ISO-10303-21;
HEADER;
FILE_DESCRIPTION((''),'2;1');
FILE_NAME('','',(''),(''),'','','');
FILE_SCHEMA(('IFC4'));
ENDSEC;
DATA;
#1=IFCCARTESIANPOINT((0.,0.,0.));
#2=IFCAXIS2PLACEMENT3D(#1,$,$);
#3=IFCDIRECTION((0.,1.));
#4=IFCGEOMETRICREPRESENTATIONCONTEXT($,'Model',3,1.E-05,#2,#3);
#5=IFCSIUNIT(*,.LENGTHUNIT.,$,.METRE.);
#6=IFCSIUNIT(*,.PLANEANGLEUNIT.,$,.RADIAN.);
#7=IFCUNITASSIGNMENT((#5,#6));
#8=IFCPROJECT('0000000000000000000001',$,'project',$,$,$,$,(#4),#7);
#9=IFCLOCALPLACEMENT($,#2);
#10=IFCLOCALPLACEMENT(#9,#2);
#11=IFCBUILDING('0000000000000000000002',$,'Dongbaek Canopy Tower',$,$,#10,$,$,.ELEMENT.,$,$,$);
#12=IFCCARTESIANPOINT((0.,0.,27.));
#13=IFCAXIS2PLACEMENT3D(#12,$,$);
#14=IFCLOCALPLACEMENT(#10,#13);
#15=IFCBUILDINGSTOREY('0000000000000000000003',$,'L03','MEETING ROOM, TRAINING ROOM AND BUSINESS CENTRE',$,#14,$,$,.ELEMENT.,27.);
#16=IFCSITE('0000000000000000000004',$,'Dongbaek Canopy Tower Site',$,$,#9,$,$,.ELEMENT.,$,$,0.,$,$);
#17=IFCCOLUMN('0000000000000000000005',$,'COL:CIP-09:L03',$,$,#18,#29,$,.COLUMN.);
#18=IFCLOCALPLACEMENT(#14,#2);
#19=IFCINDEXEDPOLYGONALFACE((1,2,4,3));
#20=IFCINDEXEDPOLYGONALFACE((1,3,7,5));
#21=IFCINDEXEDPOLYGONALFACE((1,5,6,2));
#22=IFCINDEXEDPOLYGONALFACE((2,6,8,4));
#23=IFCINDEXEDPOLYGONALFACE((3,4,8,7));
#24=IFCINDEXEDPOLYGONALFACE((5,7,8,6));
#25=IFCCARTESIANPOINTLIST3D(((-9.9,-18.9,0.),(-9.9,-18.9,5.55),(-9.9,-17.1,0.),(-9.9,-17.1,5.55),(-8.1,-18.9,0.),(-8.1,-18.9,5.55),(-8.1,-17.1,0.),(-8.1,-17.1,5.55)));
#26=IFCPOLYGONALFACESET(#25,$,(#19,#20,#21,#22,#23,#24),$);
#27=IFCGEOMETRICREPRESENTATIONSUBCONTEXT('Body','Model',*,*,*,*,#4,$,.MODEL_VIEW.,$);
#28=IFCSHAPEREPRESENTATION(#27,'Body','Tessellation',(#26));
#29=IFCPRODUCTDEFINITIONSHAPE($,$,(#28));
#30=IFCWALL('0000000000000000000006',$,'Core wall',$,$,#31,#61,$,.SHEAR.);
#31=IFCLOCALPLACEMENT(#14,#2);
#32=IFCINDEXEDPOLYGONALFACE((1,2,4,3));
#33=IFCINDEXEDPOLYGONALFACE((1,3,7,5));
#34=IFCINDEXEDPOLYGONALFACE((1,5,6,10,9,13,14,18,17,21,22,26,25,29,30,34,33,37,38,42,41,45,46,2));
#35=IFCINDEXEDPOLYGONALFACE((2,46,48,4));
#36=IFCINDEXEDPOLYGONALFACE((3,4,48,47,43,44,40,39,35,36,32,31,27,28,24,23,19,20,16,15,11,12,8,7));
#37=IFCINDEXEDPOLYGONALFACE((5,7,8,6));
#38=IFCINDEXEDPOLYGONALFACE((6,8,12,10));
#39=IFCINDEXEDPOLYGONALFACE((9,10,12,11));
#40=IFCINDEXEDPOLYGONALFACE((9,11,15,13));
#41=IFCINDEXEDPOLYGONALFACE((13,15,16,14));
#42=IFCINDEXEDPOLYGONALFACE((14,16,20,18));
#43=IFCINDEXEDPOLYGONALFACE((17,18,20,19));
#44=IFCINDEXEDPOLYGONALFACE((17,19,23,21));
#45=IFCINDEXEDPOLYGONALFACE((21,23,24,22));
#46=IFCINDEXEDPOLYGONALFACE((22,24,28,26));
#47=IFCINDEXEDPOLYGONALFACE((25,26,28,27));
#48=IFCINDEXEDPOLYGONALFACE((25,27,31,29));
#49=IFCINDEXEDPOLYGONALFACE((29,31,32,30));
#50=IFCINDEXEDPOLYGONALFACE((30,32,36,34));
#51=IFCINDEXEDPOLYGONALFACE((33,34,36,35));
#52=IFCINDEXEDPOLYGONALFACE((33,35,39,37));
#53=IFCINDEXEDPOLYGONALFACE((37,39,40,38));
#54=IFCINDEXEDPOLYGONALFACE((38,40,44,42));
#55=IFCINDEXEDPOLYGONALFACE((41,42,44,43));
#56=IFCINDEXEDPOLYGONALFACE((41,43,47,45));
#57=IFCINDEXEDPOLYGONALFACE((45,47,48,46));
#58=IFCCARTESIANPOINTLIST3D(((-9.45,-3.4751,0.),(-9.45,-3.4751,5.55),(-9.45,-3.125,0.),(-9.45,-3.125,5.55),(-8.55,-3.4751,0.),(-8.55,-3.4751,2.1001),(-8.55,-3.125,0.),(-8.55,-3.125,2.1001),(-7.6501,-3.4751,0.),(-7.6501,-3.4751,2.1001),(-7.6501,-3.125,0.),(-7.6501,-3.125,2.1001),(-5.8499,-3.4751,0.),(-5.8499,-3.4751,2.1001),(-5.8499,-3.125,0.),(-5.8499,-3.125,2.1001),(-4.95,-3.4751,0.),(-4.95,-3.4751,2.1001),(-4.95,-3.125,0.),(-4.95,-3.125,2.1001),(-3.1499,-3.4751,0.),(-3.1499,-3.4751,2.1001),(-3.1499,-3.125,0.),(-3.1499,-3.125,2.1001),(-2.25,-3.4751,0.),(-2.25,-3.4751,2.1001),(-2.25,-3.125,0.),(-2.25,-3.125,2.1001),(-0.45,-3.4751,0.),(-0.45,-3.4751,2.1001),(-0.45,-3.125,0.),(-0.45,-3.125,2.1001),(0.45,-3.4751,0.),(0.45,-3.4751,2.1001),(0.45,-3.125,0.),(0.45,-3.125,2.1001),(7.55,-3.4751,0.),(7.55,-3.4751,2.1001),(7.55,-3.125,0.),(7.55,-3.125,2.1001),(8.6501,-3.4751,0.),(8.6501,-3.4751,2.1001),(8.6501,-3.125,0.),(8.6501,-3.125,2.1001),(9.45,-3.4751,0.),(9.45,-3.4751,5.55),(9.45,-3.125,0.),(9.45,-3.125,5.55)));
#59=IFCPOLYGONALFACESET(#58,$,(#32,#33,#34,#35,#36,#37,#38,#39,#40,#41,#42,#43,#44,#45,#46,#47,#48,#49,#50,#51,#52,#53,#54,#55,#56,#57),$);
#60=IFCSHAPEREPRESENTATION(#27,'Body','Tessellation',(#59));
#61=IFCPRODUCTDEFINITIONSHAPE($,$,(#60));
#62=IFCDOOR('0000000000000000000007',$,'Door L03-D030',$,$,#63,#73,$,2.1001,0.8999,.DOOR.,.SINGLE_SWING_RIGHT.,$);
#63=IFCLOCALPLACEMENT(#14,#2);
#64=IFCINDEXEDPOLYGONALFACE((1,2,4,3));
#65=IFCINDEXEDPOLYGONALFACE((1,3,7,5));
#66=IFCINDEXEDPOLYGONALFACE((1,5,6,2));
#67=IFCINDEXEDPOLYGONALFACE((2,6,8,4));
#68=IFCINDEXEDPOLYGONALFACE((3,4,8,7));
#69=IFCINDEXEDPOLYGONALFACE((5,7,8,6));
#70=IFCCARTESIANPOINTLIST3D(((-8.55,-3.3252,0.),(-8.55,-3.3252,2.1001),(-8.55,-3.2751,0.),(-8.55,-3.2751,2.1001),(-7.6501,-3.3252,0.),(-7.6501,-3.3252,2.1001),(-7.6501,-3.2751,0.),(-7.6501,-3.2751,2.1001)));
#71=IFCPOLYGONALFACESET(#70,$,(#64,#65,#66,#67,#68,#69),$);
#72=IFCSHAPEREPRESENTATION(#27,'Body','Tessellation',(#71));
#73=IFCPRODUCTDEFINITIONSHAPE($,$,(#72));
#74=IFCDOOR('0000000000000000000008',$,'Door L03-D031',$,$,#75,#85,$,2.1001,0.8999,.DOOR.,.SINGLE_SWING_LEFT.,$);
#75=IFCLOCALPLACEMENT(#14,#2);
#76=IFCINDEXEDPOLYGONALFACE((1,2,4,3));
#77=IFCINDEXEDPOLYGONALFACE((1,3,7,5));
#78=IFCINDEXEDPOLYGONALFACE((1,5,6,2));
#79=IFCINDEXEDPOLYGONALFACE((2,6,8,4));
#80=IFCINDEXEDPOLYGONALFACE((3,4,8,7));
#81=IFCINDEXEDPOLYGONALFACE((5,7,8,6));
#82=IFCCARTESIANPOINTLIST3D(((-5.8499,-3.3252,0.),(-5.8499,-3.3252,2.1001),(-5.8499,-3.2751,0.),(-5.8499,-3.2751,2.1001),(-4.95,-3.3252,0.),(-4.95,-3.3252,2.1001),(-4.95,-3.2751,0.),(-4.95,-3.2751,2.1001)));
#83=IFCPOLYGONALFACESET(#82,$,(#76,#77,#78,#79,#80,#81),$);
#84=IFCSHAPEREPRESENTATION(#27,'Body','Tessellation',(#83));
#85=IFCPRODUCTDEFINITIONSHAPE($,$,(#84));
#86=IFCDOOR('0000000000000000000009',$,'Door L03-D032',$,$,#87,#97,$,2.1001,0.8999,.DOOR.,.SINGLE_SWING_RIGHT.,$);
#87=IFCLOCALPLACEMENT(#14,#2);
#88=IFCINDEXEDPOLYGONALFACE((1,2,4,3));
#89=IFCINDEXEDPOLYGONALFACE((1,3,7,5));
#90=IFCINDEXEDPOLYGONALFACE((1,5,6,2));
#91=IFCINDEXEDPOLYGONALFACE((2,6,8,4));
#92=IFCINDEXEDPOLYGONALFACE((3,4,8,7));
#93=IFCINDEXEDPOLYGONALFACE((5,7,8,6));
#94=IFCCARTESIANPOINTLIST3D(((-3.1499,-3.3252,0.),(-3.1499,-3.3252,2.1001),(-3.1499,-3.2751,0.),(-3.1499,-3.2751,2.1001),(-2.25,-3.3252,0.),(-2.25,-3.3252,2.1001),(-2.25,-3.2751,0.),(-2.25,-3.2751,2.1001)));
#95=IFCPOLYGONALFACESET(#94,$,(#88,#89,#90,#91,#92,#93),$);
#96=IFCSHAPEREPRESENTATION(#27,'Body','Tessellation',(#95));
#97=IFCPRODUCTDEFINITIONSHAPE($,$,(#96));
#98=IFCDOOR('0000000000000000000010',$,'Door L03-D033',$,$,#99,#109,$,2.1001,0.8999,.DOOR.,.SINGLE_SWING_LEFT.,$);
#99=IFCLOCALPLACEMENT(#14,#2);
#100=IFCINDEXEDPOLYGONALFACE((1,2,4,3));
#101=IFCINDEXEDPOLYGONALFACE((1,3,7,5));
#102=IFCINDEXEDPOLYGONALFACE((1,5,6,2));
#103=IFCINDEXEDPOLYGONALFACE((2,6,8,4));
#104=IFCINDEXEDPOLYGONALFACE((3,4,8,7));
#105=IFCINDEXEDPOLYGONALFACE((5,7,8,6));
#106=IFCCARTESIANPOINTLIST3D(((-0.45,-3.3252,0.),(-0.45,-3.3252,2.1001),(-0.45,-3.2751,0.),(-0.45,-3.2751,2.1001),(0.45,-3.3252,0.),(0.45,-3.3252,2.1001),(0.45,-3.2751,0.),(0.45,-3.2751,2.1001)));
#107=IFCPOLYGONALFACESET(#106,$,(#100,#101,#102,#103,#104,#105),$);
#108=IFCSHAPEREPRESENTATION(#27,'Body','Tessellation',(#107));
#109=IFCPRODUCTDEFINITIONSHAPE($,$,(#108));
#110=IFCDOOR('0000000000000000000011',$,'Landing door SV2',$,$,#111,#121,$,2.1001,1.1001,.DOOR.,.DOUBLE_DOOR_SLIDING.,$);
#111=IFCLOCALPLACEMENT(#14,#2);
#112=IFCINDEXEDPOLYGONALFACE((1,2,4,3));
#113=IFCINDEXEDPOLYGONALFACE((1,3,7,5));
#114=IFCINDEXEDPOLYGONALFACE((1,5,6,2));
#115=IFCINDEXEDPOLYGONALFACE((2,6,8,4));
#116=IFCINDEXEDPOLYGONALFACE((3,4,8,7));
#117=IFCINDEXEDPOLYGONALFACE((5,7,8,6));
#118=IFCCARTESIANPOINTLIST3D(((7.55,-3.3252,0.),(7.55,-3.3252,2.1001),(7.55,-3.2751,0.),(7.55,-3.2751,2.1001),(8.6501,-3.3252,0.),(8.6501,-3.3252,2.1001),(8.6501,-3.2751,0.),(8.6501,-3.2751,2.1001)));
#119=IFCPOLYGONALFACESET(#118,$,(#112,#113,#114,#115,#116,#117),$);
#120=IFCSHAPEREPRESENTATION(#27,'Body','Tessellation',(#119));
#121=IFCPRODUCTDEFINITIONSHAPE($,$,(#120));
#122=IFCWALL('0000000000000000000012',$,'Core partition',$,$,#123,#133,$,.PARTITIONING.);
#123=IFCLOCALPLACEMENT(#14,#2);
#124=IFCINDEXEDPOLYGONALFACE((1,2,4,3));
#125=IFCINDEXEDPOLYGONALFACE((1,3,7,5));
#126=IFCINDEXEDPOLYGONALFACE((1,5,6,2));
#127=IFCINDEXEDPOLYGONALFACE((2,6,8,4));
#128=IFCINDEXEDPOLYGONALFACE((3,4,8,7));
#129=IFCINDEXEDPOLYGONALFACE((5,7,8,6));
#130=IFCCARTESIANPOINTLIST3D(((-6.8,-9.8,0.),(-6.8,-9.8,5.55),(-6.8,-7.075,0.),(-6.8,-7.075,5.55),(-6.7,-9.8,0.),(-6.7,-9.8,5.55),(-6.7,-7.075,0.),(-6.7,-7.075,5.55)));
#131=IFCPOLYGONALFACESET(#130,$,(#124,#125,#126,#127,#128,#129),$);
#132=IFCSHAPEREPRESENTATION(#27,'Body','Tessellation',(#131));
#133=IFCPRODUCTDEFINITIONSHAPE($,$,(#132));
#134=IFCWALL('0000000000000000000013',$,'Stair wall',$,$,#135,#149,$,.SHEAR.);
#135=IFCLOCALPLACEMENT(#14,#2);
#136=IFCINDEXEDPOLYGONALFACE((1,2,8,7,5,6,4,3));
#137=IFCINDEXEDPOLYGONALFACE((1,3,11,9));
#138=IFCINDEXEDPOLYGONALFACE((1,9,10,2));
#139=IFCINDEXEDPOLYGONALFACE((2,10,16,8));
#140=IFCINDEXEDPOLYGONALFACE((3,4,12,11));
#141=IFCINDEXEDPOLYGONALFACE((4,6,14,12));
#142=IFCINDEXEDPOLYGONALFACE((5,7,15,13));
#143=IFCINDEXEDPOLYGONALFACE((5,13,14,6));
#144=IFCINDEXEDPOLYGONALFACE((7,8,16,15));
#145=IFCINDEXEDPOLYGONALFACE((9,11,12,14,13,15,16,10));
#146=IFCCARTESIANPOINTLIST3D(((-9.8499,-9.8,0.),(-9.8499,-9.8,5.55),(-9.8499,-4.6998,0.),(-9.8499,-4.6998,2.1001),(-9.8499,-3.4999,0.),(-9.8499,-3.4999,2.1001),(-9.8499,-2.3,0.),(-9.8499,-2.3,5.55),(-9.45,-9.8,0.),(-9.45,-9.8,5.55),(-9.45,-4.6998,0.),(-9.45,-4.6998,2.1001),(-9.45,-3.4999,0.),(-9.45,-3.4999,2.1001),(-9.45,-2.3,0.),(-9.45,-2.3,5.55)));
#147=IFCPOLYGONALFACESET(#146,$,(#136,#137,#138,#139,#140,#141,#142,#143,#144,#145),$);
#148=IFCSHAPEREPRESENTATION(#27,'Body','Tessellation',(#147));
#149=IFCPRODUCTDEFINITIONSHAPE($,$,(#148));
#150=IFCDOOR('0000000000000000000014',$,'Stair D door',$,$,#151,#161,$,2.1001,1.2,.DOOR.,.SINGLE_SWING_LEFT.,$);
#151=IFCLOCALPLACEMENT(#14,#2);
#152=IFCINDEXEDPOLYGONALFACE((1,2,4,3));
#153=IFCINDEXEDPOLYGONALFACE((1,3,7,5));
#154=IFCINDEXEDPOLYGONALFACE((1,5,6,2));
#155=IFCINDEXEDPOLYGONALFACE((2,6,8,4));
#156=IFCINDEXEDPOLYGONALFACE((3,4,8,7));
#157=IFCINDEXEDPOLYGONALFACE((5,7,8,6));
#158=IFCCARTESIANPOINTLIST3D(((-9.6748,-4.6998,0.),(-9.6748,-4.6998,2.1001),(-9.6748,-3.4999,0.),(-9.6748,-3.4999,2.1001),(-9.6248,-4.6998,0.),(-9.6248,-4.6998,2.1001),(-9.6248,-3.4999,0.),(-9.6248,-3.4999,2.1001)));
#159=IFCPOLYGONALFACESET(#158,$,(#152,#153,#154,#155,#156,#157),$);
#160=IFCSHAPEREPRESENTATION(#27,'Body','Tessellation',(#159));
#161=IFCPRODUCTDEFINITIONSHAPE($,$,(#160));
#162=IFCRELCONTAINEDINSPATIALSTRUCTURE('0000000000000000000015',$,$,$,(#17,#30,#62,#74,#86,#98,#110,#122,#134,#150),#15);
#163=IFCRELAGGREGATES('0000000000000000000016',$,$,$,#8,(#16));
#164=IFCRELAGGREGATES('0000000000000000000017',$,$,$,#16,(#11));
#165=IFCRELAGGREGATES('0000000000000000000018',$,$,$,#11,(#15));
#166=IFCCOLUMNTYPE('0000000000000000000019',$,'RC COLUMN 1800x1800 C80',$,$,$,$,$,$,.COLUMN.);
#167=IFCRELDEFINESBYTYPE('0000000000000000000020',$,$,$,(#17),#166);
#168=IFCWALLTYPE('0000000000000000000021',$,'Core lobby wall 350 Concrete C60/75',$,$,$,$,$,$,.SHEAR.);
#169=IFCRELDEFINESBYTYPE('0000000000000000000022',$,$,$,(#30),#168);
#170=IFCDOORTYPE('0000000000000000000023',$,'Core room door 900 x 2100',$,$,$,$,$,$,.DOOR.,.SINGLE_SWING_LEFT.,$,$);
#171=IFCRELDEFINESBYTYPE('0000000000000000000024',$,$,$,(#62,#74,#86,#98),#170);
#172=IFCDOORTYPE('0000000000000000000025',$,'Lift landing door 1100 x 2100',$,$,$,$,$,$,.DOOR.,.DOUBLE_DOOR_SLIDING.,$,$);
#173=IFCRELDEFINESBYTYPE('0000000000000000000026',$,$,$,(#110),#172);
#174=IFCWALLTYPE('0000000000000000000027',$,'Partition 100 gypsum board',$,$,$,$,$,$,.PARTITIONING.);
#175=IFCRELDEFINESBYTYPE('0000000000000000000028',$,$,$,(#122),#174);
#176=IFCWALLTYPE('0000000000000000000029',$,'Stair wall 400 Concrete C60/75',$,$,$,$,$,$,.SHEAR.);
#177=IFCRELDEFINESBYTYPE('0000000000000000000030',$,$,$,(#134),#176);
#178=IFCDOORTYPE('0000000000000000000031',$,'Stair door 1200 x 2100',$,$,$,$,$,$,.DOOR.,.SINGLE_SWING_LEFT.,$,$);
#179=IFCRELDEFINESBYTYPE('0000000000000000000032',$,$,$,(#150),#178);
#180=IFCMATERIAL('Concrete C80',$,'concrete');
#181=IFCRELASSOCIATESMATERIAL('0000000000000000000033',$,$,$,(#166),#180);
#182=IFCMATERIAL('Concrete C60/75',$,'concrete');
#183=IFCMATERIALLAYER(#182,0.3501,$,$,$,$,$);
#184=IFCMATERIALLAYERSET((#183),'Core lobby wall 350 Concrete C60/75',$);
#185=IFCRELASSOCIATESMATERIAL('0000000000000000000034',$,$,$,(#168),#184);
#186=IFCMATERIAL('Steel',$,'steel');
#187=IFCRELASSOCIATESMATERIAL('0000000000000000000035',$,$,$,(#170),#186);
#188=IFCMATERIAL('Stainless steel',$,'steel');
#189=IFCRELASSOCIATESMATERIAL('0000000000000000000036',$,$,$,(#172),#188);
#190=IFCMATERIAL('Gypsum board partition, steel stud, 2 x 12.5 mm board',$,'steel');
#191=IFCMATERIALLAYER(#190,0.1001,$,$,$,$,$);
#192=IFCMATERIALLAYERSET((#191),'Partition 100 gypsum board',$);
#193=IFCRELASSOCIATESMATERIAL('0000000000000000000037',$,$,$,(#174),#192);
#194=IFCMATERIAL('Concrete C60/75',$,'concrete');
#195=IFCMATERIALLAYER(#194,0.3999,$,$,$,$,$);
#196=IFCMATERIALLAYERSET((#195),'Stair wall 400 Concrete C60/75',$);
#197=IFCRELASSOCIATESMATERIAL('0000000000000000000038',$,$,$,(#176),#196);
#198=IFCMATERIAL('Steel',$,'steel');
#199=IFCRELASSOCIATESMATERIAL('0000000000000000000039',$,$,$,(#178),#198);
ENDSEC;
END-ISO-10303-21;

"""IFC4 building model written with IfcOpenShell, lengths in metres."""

from ifc_helpers import new_model, si_unit, direction, frame, frame_2d, origin, origin_2d, place, context, subcontext, project, spatial, rectangle, extrude, material, layer, layer_set, material_profile, profile_set, type_object, element, fill, save


model = new_model("IFC4")

# Units and contexts
model_context = context("Model", 3, precision=1e-05, world=origin(), true_north=direction((0.0, 1.0)))
body_context = subcontext(model_context, "Body", "Model", "MODEL_VIEW")
ifc_project = project(units=[si_unit("LENGTHUNIT", "METRE"), si_unit("PLANEANGLEUNIT", "RADIAN")], contexts=[model_context])

# Site, building, storey
site_placement = place(None, origin())
site = spatial("IfcSite", under=ifc_project, at=site_placement, Name="Dongbaek Canopy Tower Site", CompositionType="ELEMENT", RefElevation=0.0)
building_placement = place(site_placement, origin())
building = spatial("IfcBuilding", under=site, at=building_placement, Name="Dongbaek Canopy Tower", CompositionType="ELEMENT")
storey_placement = place(building_placement, frame((0.0, 0.0, 27.0)))
storey = spatial("IfcBuildingStorey", under=building, at=storey_placement, Name="L03", Description="MEETING ROOM, TRAINING ROOM AND BUSINESS CENTRE", CompositionType="ELEMENT", Elevation=27.0)

# Column
ifc_material_1 = material(Name="Concrete C80", Category="concrete")
ifc_material_profile = material_profile(ifc_material_1, rectangle(XDim=1.8, YDim=1.8, at=origin_2d()), Name="RC COLUMN 1800x1800 C80")
ifc_profile_set = profile_set([ifc_material_profile], Name="Concrete C80")
column_type = type_object("IfcColumnType", Name="RC COLUMN 1800x1800 C80", PredefinedType="COLUMN", material=ifc_profile_set)
column_placement = place(storey_placement, frame((-9.0, -18.0, 0.0), z_axis=(0.0, 0.0, 1.0), x_axis=(1.0, 0.0, 0.0)))
element("IfcColumn", 1, at=column_placement, inside=storey, type_object=column_type, Name="COL:CIP-09:L03", PredefinedType="COLUMN", context=body_context, shape_type="SweptSolid", body=[
    extrude(rectangle(XDim=1.8, YDim=1.8, at=origin_2d()), origin(), (0.0, 0.0, 1.0), 5.55),
])

# Wall, openings, doors
ifc_material_2 = material(Name="Concrete C60/75", Category="concrete")
ifc_layer_1 = layer(ifc_material_2, 0.3501)
ifc_layer_set_1 = layer_set([ifc_layer_1], Name="Core lobby wall 350 Concrete C60/75")
wall_type_1 = type_object("IfcWallType", Name="Core lobby wall 350 Concrete C60/75", PredefinedType="SHEAR", material=ifc_layer_set_1)
wall_1_placement = place(storey_placement, frame((-9.45, -3.3, 0.0), z_axis=(0.0, 0.0, 1.0), x_axis=(1.0, 0.0, 0.0)))
wall_1 = element("IfcWall", 2, at=wall_1_placement, inside=storey, type_object=wall_type_1, Name="Core wall", PredefinedType="SHEAR", context=body_context, shape_type="SweptSolid", body=[
    extrude(rectangle(XDim=18.8999, YDim=0.3501, at=frame_2d((9.45, 0.0))), origin(), (0.0, 0.0, 1.0), 5.55),
])
opening_1_placement = place(wall_1_placement, frame((17.0, 0.0, 0.0)))
opening_1 = element("IfcOpeningElement", 3, at=opening_1_placement, cuts=wall_1, PredefinedType="OPENING", context=body_context, shape_type="SweptSolid", body=[
    extrude(rectangle(XDim=1.1001, YDim=2.1001, at=frame_2d((0.55, 1.05))), frame((0.0, 0.1851, 0.0), z_axis=(0.0, -1.0, 0.0), x_axis=(1.0, 0.0, 0.0)), (0.0, 0.0, 1.0), 0.3701),
])
opening_2_placement = place(wall_1_placement, frame((0.8999, 0.0, 0.0)))
opening_2 = element("IfcOpeningElement", 4, at=opening_2_placement, cuts=wall_1, PredefinedType="OPENING", context=body_context, shape_type="SweptSolid", body=[
    extrude(rectangle(XDim=0.8999, YDim=2.1001, at=frame_2d((0.45, 1.05))), frame((0.0, 0.1851, 0.0), z_axis=(0.0, -1.0, 0.0), x_axis=(1.0, 0.0, 0.0)), (0.0, 0.0, 1.0), 0.3701),
])
opening_3_placement = place(wall_1_placement, frame((3.6001, 0.0, 0.0)))
opening_3 = element("IfcOpeningElement", 5, at=opening_3_placement, cuts=wall_1, PredefinedType="OPENING", context=body_context, shape_type="SweptSolid", body=[
    extrude(rectangle(XDim=0.8999, YDim=2.1001, at=frame_2d((0.45, 1.05))), frame((0.0, 0.1851, 0.0), z_axis=(0.0, -1.0, 0.0), x_axis=(1.0, 0.0, 0.0)), (0.0, 0.0, 1.0), 0.3701),
])
opening_4_placement = place(wall_1_placement, frame((6.3, 0.0, 0.0)))
opening_4 = element("IfcOpeningElement", 6, at=opening_4_placement, cuts=wall_1, PredefinedType="OPENING", context=body_context, shape_type="SweptSolid", body=[
    extrude(rectangle(XDim=0.8999, YDim=2.1001, at=frame_2d((0.45, 1.05))), frame((0.0, 0.1851, 0.0), z_axis=(0.0, -1.0, 0.0), x_axis=(1.0, 0.0, 0.0)), (0.0, 0.0, 1.0), 0.3701),
])
opening_5_placement = place(wall_1_placement, frame((9.0, 0.0, 0.0)))
opening_5 = element("IfcOpeningElement", 7, at=opening_5_placement, cuts=wall_1, PredefinedType="OPENING", context=body_context, shape_type="SweptSolid", body=[
    extrude(rectangle(XDim=0.8999, YDim=2.1001, at=frame_2d((0.45, 1.05))), frame((0.0, 0.1851, 0.0), z_axis=(0.0, -1.0, 0.0), x_axis=(1.0, 0.0, 0.0)), (0.0, 0.0, 1.0), 0.3701),
])
ifc_material_3 = material(Name="Steel", Category="steel")
door_type_1 = type_object("IfcDoorType", Name="Core room door 900 x 2100", OperationType="SINGLE_SWING_LEFT", PredefinedType="DOOR", material=ifc_material_3)
door_1_placement = place(opening_2_placement, origin())
door_1 = element("IfcDoor", 8, at=door_1_placement, inside=storey, type_object=door_type_1, Name="Door L03-D030", OperationType="SINGLE_SWING_RIGHT", OverallHeight=2.1001, OverallWidth=0.8999, PredefinedType="DOOR", context=body_context, shape_type="SweptSolid", body=[
    extrude(rectangle(XDim=0.8999, YDim=2.1001, at=frame_2d((0.45, 1.05))), frame((0.0, 0.0249, 0.0), z_axis=(0.0, -1.0, 0.0), x_axis=(1.0, 0.0, 0.0)), (0.0, 0.0, 1.0), 0.05),
])
fill(opening_2, door_1)
door_2_placement = place(opening_3_placement, origin())
door_2 = element("IfcDoor", 9, at=door_2_placement, inside=storey, type_object=door_type_1, Name="Door L03-D031", OperationType="SINGLE_SWING_LEFT", OverallHeight=2.1001, OverallWidth=0.8999, PredefinedType="DOOR", context=body_context, shape_type="SweptSolid", body=[
    extrude(rectangle(XDim=0.8999, YDim=2.1001, at=frame_2d((0.45, 1.05))), frame((0.0, 0.0249, 0.0), z_axis=(0.0, -1.0, 0.0), x_axis=(1.0, 0.0, 0.0)), (0.0, 0.0, 1.0), 0.05),
])
fill(opening_3, door_2)
door_3_placement = place(opening_4_placement, origin())
door_3 = element("IfcDoor", 10, at=door_3_placement, inside=storey, type_object=door_type_1, Name="Door L03-D032", OperationType="SINGLE_SWING_RIGHT", OverallHeight=2.1001, OverallWidth=0.8999, PredefinedType="DOOR", context=body_context, shape_type="SweptSolid", body=[
    extrude(rectangle(XDim=0.8999, YDim=2.1001, at=frame_2d((0.45, 1.05))), frame((0.0, 0.0249, 0.0), z_axis=(0.0, -1.0, 0.0), x_axis=(1.0, 0.0, 0.0)), (0.0, 0.0, 1.0), 0.05),
])
fill(opening_4, door_3)
door_4_placement = place(opening_5_placement, origin())
door_4 = element("IfcDoor", 11, at=door_4_placement, inside=storey, type_object=door_type_1, Name="Door L03-D033", OperationType="SINGLE_SWING_LEFT", OverallHeight=2.1001, OverallWidth=0.8999, PredefinedType="DOOR", context=body_context, shape_type="SweptSolid", body=[
    extrude(rectangle(XDim=0.8999, YDim=2.1001, at=frame_2d((0.45, 1.05))), frame((0.0, 0.0249, 0.0), z_axis=(0.0, -1.0, 0.0), x_axis=(1.0, 0.0, 0.0)), (0.0, 0.0, 1.0), 0.05),
])
fill(opening_5, door_4)
ifc_material_4 = material(Name="Stainless steel", Category="steel")
door_type_2 = type_object("IfcDoorType", Name="Lift landing door 1100 x 2100", OperationType="DOUBLE_DOOR_SLIDING", PredefinedType="DOOR", material=ifc_material_4)
door_5_placement = place(opening_1_placement, origin())
door_5 = element("IfcDoor", 12, at=door_5_placement, inside=storey, type_object=door_type_2, Name="Landing door SV2", OperationType="DOUBLE_DOOR_SLIDING", OverallHeight=2.1001, OverallWidth=1.1001, PredefinedType="DOOR", context=body_context, shape_type="SweptSolid", body=[
    extrude(rectangle(XDim=1.1001, YDim=2.1001, at=frame_2d((0.55, 1.05))), frame((0.0, 0.0249, 0.0), z_axis=(0.0, -1.0, 0.0), x_axis=(1.0, 0.0, 0.0)), (0.0, 0.0, 1.0), 0.05),
])
fill(opening_1, door_5)

# Wall
ifc_material_5 = material(Name="Gypsum board partition, steel stud, 2 x 12.5 mm board", Category="steel")
ifc_layer_2 = layer(ifc_material_5, 0.1001)
ifc_layer_set_2 = layer_set([ifc_layer_2], Name="Partition 100 gypsum board")
wall_type_2 = type_object("IfcWallType", Name="Partition 100 gypsum board", PredefinedType="PARTITIONING", material=ifc_layer_set_2)
wall_2_placement = place(storey_placement, frame((-6.75, -9.8, 0.0), z_axis=(0.0, 0.0, 1.0), x_axis=(0.0, 1.0, 0.0)))
element("IfcWall", 13, at=wall_2_placement, inside=storey, type_object=wall_type_2, Name="Core partition", PredefinedType="PARTITIONING", context=body_context, shape_type="SweptSolid", body=[
    extrude(rectangle(XDim=2.7251, YDim=0.1001, at=frame_2d((1.3625, 0.0))), origin(), (0.0, 0.0, 1.0), 5.55),
])

# Wall, opening, door
ifc_material_6 = material(Name="Concrete C60/75", Category="concrete")
ifc_layer_3 = layer(ifc_material_6, 0.3999)
ifc_layer_set_3 = layer_set([ifc_layer_3], Name="Stair wall 400 Concrete C60/75")
wall_type_3 = type_object("IfcWallType", Name="Stair wall 400 Concrete C60/75", PredefinedType="SHEAR", material=ifc_layer_set_3)
wall_3_placement = place(storey_placement, frame((-9.6499, -9.8, 0.0), z_axis=(0.0, 0.0, 1.0), x_axis=(0.0, 1.0, 0.0)))
wall_3 = element("IfcWall", 14, at=wall_3_placement, inside=storey, type_object=wall_type_3, Name="Stair wall", PredefinedType="SHEAR", context=body_context, shape_type="SweptSolid", body=[
    extrude(rectangle(XDim=7.5, YDim=0.3999, at=frame_2d((3.75, 0.0))), origin(), (0.0, 0.0, 1.0), 5.55),
])
opening_6_placement = place(wall_3_placement, frame((5.1001, 0.0, 0.0)))
opening_6 = element("IfcOpeningElement", 15, at=opening_6_placement, cuts=wall_3, PredefinedType="OPENING", context=body_context, shape_type="SweptSolid", body=[
    extrude(rectangle(XDim=1.2, YDim=2.1001, at=frame_2d((0.6001, 1.05))), frame((0.0, 0.21, 0.0), z_axis=(0.0, -1.0, 0.0), x_axis=(1.0, 0.0, 0.0)), (0.0, 0.0, 1.0), 0.4199),
])
ifc_material_7 = material(Name="Steel", Category="steel")
door_type_3 = type_object("IfcDoorType", Name="Stair door 1200 x 2100", OperationType="SINGLE_SWING_LEFT", PredefinedType="DOOR", material=ifc_material_7)
door_6_placement = place(opening_6_placement, origin())
door_6 = element("IfcDoor", 16, at=door_6_placement, inside=storey, type_object=door_type_3, Name="Stair D door", OperationType="SINGLE_SWING_LEFT", OverallHeight=2.1001, OverallWidth=1.2, PredefinedType="DOOR", context=body_context, shape_type="SweptSolid", body=[
    extrude(rectangle(XDim=1.2, YDim=2.1001, at=frame_2d((0.6001, 1.05))), frame((0.0, 0.0249, 0.0), z_axis=(0.0, -1.0, 0.0), x_axis=(1.0, 0.0, 0.0)), (0.0, 0.0, 1.0), 0.05),
])
fill(opening_6, door_6)

save(model, "model.ifc")
